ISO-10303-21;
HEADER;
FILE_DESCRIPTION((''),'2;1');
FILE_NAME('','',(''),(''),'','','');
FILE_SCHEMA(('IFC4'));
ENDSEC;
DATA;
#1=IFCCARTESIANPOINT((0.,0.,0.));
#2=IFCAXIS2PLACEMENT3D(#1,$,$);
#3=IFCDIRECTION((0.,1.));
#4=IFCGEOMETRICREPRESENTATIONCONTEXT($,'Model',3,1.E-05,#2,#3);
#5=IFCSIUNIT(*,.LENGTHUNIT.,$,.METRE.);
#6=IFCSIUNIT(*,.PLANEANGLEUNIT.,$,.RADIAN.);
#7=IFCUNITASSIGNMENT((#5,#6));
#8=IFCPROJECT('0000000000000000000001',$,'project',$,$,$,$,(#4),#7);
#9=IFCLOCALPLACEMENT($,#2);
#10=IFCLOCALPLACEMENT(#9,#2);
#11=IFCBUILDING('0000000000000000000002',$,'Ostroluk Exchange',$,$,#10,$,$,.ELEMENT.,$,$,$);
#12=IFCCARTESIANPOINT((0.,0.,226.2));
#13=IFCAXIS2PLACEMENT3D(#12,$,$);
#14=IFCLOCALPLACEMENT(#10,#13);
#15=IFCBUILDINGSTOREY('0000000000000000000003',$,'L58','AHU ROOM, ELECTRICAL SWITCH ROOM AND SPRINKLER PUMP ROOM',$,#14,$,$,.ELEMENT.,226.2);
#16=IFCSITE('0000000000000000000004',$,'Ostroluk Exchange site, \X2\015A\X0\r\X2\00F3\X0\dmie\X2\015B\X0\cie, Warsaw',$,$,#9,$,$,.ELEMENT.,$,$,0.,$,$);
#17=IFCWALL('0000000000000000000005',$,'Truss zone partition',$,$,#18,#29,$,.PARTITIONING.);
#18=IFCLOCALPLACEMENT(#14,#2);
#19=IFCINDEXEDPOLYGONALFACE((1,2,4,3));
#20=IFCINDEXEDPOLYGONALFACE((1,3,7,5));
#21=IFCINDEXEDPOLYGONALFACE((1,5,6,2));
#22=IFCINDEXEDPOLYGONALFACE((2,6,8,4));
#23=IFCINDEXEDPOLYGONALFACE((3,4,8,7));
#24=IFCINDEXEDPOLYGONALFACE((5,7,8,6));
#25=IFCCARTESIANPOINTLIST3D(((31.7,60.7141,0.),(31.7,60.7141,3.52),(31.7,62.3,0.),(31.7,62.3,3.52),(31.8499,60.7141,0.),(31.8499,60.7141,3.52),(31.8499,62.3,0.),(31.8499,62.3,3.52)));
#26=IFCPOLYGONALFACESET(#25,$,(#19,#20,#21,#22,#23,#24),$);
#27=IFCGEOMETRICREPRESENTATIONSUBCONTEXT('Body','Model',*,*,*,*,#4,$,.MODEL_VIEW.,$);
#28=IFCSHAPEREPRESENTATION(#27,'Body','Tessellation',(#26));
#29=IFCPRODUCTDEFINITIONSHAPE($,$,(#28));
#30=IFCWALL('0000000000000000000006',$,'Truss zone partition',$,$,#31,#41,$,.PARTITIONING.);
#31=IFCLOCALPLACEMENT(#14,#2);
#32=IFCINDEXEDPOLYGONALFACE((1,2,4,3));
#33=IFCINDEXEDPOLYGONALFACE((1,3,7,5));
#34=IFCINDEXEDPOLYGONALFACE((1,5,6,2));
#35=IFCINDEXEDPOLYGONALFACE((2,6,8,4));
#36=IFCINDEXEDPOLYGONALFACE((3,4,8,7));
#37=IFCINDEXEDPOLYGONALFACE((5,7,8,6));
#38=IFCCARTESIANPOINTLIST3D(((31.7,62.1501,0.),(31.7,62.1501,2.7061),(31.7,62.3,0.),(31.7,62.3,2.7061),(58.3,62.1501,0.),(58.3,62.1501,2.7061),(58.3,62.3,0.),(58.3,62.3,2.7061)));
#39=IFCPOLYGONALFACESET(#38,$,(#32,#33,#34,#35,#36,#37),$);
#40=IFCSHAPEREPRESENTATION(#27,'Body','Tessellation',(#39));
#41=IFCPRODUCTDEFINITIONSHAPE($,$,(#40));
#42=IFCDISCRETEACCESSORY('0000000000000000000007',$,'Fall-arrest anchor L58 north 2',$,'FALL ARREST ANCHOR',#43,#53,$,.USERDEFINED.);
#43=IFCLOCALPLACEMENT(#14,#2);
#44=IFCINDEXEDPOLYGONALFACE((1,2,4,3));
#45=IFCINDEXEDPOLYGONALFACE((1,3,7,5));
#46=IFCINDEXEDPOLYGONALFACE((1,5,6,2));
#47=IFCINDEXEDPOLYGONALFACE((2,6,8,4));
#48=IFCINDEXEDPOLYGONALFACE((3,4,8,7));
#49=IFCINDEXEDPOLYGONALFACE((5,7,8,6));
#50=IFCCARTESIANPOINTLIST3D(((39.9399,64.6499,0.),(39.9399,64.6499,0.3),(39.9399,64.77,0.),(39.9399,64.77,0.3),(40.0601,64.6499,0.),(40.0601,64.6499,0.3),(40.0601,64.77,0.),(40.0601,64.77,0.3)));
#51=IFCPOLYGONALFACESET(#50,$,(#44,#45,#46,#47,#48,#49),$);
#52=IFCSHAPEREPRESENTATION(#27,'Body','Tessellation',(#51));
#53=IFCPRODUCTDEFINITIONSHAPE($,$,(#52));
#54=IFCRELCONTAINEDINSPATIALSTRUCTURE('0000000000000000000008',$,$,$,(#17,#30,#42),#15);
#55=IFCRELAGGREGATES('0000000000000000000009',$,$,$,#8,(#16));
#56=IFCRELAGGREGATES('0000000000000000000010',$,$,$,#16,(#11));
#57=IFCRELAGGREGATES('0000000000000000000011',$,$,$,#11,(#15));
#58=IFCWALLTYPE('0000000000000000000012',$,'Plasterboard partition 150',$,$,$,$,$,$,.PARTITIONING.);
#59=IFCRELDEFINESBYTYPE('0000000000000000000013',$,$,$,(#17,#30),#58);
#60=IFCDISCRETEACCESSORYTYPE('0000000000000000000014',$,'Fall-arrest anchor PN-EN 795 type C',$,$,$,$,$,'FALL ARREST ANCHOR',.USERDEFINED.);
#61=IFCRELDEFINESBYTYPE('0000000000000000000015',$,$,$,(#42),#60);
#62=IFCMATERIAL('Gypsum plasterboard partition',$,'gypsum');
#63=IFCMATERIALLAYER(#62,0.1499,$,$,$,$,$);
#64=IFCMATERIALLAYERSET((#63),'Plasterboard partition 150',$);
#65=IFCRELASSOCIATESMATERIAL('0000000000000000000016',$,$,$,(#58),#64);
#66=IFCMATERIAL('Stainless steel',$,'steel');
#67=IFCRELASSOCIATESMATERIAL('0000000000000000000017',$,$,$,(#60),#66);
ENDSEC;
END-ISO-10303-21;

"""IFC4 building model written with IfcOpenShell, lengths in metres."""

from ifc_helpers import new_model, si_unit, direction, frame, frame_2d, origin, origin_2d, place, context, subcontext, project, spatial, rectangle, extrude, material, layer, layer_set, type_object, element, save


model = new_model("IFC4")

# Units and contexts
model_context = context("Model", 3, precision=1e-05, world=origin(), true_north=direction((0.0, 1.0)))
body_context = subcontext(model_context, "Body", "Model", "MODEL_VIEW")
ifc_project = project(units=[si_unit("LENGTHUNIT", "METRE"), si_unit("PLANEANGLEUNIT", "RADIAN")], contexts=[model_context])

# Site, building, storey
site_placement = place(None, origin())
site = spatial("IfcSite", under=ifc_project, at=site_placement, Name="Ostroluk Exchange site, Śródmieście, Warsaw", CompositionType="ELEMENT", RefElevation=0.0)
building_placement = place(site_placement, origin())
building = spatial("IfcBuilding", under=site, at=building_placement, Name="Ostroluk Exchange", CompositionType="ELEMENT")
storey_placement = place(building_placement, frame((0.0, 0.0, 226.2)))
storey = spatial("IfcBuildingStorey", under=building, at=storey_placement, Name="L58", Description="AHU ROOM, ELECTRICAL SWITCH ROOM AND SPRINKLER PUMP ROOM", CompositionType="ELEMENT", Elevation=226.2)

# Walls
ifc_material_1 = material(Name="Gypsum plasterboard partition", Category="gypsum")
ifc_layer_1 = layer(ifc_material_1, 0.1499)
ifc_layer_set_1 = layer_set([ifc_layer_1], Name="Plasterboard partition 150")
wall_type_1 = type_object("IfcWallType", Name="Plasterboard partition 150", PredefinedType="PARTITIONING", material=ifc_layer_set_1)
wall_1_placement = place(storey_placement, frame((31.7749, 60.7141, 0.0), z_axis=(0.0, 0.0, 1.0), x_axis=(0.0, 1.0, 0.0)))
element("IfcWall", 1, at=wall_1_placement, inside=storey, type_object=wall_type_1, Name="Truss zone partition", PredefinedType="PARTITIONING", context=body_context, shape_type="SweptSolid", body=[
    extrude(rectangle(XDim=1.5859, YDim=0.1499, at=frame_2d((0.793, 0.0))), origin(), (0.0, 0.0, 1.0), 3.52),
])
wall_2_placement = place(storey_placement, frame((31.7, 62.2251, 0.0), z_axis=(0.0, 0.0, 1.0), x_axis=(1.0, 0.0, 0.0)))
element("IfcWall", 2, at=wall_2_placement, inside=storey, type_object=wall_type_1, Name="Truss zone partition", PredefinedType="PARTITIONING", context=body_context, shape_type="SweptSolid", body=[
    extrude(rectangle(XDim=26.6001, YDim=0.1499, at=frame_2d((13.3, 0.0))), origin(), (0.0, 0.0, 1.0), 2.7061),
])

# Discrete accessory
ifc_material_2 = material(Name="Stainless steel", Category="steel")
discrete_accessory_type = type_object("IfcDiscreteAccessoryType", Name="Fall-arrest anchor PN-EN 795 type C", ElementType="FALL ARREST ANCHOR", PredefinedType="USERDEFINED", material=ifc_material_2)
discrete_accessory_placement = place(storey_placement, frame((40.0, 64.71, 0.0), z_axis=(0.0, 0.0, 1.0), x_axis=(1.0, 0.0, 0.0)))
element("IfcDiscreteAccessory", 3, at=discrete_accessory_placement, inside=storey, type_object=discrete_accessory_type, Name="Fall-arrest anchor L58 north 2", ObjectType="FALL ARREST ANCHOR", PredefinedType="USERDEFINED", context=body_context, shape_type="SweptSolid", body=[
    extrude(rectangle(XDim=0.1201, YDim=0.1201, at=origin_2d()), origin(), (0.0, 0.0, 1.0), 0.3),
])

save(model, "model.ifc")
